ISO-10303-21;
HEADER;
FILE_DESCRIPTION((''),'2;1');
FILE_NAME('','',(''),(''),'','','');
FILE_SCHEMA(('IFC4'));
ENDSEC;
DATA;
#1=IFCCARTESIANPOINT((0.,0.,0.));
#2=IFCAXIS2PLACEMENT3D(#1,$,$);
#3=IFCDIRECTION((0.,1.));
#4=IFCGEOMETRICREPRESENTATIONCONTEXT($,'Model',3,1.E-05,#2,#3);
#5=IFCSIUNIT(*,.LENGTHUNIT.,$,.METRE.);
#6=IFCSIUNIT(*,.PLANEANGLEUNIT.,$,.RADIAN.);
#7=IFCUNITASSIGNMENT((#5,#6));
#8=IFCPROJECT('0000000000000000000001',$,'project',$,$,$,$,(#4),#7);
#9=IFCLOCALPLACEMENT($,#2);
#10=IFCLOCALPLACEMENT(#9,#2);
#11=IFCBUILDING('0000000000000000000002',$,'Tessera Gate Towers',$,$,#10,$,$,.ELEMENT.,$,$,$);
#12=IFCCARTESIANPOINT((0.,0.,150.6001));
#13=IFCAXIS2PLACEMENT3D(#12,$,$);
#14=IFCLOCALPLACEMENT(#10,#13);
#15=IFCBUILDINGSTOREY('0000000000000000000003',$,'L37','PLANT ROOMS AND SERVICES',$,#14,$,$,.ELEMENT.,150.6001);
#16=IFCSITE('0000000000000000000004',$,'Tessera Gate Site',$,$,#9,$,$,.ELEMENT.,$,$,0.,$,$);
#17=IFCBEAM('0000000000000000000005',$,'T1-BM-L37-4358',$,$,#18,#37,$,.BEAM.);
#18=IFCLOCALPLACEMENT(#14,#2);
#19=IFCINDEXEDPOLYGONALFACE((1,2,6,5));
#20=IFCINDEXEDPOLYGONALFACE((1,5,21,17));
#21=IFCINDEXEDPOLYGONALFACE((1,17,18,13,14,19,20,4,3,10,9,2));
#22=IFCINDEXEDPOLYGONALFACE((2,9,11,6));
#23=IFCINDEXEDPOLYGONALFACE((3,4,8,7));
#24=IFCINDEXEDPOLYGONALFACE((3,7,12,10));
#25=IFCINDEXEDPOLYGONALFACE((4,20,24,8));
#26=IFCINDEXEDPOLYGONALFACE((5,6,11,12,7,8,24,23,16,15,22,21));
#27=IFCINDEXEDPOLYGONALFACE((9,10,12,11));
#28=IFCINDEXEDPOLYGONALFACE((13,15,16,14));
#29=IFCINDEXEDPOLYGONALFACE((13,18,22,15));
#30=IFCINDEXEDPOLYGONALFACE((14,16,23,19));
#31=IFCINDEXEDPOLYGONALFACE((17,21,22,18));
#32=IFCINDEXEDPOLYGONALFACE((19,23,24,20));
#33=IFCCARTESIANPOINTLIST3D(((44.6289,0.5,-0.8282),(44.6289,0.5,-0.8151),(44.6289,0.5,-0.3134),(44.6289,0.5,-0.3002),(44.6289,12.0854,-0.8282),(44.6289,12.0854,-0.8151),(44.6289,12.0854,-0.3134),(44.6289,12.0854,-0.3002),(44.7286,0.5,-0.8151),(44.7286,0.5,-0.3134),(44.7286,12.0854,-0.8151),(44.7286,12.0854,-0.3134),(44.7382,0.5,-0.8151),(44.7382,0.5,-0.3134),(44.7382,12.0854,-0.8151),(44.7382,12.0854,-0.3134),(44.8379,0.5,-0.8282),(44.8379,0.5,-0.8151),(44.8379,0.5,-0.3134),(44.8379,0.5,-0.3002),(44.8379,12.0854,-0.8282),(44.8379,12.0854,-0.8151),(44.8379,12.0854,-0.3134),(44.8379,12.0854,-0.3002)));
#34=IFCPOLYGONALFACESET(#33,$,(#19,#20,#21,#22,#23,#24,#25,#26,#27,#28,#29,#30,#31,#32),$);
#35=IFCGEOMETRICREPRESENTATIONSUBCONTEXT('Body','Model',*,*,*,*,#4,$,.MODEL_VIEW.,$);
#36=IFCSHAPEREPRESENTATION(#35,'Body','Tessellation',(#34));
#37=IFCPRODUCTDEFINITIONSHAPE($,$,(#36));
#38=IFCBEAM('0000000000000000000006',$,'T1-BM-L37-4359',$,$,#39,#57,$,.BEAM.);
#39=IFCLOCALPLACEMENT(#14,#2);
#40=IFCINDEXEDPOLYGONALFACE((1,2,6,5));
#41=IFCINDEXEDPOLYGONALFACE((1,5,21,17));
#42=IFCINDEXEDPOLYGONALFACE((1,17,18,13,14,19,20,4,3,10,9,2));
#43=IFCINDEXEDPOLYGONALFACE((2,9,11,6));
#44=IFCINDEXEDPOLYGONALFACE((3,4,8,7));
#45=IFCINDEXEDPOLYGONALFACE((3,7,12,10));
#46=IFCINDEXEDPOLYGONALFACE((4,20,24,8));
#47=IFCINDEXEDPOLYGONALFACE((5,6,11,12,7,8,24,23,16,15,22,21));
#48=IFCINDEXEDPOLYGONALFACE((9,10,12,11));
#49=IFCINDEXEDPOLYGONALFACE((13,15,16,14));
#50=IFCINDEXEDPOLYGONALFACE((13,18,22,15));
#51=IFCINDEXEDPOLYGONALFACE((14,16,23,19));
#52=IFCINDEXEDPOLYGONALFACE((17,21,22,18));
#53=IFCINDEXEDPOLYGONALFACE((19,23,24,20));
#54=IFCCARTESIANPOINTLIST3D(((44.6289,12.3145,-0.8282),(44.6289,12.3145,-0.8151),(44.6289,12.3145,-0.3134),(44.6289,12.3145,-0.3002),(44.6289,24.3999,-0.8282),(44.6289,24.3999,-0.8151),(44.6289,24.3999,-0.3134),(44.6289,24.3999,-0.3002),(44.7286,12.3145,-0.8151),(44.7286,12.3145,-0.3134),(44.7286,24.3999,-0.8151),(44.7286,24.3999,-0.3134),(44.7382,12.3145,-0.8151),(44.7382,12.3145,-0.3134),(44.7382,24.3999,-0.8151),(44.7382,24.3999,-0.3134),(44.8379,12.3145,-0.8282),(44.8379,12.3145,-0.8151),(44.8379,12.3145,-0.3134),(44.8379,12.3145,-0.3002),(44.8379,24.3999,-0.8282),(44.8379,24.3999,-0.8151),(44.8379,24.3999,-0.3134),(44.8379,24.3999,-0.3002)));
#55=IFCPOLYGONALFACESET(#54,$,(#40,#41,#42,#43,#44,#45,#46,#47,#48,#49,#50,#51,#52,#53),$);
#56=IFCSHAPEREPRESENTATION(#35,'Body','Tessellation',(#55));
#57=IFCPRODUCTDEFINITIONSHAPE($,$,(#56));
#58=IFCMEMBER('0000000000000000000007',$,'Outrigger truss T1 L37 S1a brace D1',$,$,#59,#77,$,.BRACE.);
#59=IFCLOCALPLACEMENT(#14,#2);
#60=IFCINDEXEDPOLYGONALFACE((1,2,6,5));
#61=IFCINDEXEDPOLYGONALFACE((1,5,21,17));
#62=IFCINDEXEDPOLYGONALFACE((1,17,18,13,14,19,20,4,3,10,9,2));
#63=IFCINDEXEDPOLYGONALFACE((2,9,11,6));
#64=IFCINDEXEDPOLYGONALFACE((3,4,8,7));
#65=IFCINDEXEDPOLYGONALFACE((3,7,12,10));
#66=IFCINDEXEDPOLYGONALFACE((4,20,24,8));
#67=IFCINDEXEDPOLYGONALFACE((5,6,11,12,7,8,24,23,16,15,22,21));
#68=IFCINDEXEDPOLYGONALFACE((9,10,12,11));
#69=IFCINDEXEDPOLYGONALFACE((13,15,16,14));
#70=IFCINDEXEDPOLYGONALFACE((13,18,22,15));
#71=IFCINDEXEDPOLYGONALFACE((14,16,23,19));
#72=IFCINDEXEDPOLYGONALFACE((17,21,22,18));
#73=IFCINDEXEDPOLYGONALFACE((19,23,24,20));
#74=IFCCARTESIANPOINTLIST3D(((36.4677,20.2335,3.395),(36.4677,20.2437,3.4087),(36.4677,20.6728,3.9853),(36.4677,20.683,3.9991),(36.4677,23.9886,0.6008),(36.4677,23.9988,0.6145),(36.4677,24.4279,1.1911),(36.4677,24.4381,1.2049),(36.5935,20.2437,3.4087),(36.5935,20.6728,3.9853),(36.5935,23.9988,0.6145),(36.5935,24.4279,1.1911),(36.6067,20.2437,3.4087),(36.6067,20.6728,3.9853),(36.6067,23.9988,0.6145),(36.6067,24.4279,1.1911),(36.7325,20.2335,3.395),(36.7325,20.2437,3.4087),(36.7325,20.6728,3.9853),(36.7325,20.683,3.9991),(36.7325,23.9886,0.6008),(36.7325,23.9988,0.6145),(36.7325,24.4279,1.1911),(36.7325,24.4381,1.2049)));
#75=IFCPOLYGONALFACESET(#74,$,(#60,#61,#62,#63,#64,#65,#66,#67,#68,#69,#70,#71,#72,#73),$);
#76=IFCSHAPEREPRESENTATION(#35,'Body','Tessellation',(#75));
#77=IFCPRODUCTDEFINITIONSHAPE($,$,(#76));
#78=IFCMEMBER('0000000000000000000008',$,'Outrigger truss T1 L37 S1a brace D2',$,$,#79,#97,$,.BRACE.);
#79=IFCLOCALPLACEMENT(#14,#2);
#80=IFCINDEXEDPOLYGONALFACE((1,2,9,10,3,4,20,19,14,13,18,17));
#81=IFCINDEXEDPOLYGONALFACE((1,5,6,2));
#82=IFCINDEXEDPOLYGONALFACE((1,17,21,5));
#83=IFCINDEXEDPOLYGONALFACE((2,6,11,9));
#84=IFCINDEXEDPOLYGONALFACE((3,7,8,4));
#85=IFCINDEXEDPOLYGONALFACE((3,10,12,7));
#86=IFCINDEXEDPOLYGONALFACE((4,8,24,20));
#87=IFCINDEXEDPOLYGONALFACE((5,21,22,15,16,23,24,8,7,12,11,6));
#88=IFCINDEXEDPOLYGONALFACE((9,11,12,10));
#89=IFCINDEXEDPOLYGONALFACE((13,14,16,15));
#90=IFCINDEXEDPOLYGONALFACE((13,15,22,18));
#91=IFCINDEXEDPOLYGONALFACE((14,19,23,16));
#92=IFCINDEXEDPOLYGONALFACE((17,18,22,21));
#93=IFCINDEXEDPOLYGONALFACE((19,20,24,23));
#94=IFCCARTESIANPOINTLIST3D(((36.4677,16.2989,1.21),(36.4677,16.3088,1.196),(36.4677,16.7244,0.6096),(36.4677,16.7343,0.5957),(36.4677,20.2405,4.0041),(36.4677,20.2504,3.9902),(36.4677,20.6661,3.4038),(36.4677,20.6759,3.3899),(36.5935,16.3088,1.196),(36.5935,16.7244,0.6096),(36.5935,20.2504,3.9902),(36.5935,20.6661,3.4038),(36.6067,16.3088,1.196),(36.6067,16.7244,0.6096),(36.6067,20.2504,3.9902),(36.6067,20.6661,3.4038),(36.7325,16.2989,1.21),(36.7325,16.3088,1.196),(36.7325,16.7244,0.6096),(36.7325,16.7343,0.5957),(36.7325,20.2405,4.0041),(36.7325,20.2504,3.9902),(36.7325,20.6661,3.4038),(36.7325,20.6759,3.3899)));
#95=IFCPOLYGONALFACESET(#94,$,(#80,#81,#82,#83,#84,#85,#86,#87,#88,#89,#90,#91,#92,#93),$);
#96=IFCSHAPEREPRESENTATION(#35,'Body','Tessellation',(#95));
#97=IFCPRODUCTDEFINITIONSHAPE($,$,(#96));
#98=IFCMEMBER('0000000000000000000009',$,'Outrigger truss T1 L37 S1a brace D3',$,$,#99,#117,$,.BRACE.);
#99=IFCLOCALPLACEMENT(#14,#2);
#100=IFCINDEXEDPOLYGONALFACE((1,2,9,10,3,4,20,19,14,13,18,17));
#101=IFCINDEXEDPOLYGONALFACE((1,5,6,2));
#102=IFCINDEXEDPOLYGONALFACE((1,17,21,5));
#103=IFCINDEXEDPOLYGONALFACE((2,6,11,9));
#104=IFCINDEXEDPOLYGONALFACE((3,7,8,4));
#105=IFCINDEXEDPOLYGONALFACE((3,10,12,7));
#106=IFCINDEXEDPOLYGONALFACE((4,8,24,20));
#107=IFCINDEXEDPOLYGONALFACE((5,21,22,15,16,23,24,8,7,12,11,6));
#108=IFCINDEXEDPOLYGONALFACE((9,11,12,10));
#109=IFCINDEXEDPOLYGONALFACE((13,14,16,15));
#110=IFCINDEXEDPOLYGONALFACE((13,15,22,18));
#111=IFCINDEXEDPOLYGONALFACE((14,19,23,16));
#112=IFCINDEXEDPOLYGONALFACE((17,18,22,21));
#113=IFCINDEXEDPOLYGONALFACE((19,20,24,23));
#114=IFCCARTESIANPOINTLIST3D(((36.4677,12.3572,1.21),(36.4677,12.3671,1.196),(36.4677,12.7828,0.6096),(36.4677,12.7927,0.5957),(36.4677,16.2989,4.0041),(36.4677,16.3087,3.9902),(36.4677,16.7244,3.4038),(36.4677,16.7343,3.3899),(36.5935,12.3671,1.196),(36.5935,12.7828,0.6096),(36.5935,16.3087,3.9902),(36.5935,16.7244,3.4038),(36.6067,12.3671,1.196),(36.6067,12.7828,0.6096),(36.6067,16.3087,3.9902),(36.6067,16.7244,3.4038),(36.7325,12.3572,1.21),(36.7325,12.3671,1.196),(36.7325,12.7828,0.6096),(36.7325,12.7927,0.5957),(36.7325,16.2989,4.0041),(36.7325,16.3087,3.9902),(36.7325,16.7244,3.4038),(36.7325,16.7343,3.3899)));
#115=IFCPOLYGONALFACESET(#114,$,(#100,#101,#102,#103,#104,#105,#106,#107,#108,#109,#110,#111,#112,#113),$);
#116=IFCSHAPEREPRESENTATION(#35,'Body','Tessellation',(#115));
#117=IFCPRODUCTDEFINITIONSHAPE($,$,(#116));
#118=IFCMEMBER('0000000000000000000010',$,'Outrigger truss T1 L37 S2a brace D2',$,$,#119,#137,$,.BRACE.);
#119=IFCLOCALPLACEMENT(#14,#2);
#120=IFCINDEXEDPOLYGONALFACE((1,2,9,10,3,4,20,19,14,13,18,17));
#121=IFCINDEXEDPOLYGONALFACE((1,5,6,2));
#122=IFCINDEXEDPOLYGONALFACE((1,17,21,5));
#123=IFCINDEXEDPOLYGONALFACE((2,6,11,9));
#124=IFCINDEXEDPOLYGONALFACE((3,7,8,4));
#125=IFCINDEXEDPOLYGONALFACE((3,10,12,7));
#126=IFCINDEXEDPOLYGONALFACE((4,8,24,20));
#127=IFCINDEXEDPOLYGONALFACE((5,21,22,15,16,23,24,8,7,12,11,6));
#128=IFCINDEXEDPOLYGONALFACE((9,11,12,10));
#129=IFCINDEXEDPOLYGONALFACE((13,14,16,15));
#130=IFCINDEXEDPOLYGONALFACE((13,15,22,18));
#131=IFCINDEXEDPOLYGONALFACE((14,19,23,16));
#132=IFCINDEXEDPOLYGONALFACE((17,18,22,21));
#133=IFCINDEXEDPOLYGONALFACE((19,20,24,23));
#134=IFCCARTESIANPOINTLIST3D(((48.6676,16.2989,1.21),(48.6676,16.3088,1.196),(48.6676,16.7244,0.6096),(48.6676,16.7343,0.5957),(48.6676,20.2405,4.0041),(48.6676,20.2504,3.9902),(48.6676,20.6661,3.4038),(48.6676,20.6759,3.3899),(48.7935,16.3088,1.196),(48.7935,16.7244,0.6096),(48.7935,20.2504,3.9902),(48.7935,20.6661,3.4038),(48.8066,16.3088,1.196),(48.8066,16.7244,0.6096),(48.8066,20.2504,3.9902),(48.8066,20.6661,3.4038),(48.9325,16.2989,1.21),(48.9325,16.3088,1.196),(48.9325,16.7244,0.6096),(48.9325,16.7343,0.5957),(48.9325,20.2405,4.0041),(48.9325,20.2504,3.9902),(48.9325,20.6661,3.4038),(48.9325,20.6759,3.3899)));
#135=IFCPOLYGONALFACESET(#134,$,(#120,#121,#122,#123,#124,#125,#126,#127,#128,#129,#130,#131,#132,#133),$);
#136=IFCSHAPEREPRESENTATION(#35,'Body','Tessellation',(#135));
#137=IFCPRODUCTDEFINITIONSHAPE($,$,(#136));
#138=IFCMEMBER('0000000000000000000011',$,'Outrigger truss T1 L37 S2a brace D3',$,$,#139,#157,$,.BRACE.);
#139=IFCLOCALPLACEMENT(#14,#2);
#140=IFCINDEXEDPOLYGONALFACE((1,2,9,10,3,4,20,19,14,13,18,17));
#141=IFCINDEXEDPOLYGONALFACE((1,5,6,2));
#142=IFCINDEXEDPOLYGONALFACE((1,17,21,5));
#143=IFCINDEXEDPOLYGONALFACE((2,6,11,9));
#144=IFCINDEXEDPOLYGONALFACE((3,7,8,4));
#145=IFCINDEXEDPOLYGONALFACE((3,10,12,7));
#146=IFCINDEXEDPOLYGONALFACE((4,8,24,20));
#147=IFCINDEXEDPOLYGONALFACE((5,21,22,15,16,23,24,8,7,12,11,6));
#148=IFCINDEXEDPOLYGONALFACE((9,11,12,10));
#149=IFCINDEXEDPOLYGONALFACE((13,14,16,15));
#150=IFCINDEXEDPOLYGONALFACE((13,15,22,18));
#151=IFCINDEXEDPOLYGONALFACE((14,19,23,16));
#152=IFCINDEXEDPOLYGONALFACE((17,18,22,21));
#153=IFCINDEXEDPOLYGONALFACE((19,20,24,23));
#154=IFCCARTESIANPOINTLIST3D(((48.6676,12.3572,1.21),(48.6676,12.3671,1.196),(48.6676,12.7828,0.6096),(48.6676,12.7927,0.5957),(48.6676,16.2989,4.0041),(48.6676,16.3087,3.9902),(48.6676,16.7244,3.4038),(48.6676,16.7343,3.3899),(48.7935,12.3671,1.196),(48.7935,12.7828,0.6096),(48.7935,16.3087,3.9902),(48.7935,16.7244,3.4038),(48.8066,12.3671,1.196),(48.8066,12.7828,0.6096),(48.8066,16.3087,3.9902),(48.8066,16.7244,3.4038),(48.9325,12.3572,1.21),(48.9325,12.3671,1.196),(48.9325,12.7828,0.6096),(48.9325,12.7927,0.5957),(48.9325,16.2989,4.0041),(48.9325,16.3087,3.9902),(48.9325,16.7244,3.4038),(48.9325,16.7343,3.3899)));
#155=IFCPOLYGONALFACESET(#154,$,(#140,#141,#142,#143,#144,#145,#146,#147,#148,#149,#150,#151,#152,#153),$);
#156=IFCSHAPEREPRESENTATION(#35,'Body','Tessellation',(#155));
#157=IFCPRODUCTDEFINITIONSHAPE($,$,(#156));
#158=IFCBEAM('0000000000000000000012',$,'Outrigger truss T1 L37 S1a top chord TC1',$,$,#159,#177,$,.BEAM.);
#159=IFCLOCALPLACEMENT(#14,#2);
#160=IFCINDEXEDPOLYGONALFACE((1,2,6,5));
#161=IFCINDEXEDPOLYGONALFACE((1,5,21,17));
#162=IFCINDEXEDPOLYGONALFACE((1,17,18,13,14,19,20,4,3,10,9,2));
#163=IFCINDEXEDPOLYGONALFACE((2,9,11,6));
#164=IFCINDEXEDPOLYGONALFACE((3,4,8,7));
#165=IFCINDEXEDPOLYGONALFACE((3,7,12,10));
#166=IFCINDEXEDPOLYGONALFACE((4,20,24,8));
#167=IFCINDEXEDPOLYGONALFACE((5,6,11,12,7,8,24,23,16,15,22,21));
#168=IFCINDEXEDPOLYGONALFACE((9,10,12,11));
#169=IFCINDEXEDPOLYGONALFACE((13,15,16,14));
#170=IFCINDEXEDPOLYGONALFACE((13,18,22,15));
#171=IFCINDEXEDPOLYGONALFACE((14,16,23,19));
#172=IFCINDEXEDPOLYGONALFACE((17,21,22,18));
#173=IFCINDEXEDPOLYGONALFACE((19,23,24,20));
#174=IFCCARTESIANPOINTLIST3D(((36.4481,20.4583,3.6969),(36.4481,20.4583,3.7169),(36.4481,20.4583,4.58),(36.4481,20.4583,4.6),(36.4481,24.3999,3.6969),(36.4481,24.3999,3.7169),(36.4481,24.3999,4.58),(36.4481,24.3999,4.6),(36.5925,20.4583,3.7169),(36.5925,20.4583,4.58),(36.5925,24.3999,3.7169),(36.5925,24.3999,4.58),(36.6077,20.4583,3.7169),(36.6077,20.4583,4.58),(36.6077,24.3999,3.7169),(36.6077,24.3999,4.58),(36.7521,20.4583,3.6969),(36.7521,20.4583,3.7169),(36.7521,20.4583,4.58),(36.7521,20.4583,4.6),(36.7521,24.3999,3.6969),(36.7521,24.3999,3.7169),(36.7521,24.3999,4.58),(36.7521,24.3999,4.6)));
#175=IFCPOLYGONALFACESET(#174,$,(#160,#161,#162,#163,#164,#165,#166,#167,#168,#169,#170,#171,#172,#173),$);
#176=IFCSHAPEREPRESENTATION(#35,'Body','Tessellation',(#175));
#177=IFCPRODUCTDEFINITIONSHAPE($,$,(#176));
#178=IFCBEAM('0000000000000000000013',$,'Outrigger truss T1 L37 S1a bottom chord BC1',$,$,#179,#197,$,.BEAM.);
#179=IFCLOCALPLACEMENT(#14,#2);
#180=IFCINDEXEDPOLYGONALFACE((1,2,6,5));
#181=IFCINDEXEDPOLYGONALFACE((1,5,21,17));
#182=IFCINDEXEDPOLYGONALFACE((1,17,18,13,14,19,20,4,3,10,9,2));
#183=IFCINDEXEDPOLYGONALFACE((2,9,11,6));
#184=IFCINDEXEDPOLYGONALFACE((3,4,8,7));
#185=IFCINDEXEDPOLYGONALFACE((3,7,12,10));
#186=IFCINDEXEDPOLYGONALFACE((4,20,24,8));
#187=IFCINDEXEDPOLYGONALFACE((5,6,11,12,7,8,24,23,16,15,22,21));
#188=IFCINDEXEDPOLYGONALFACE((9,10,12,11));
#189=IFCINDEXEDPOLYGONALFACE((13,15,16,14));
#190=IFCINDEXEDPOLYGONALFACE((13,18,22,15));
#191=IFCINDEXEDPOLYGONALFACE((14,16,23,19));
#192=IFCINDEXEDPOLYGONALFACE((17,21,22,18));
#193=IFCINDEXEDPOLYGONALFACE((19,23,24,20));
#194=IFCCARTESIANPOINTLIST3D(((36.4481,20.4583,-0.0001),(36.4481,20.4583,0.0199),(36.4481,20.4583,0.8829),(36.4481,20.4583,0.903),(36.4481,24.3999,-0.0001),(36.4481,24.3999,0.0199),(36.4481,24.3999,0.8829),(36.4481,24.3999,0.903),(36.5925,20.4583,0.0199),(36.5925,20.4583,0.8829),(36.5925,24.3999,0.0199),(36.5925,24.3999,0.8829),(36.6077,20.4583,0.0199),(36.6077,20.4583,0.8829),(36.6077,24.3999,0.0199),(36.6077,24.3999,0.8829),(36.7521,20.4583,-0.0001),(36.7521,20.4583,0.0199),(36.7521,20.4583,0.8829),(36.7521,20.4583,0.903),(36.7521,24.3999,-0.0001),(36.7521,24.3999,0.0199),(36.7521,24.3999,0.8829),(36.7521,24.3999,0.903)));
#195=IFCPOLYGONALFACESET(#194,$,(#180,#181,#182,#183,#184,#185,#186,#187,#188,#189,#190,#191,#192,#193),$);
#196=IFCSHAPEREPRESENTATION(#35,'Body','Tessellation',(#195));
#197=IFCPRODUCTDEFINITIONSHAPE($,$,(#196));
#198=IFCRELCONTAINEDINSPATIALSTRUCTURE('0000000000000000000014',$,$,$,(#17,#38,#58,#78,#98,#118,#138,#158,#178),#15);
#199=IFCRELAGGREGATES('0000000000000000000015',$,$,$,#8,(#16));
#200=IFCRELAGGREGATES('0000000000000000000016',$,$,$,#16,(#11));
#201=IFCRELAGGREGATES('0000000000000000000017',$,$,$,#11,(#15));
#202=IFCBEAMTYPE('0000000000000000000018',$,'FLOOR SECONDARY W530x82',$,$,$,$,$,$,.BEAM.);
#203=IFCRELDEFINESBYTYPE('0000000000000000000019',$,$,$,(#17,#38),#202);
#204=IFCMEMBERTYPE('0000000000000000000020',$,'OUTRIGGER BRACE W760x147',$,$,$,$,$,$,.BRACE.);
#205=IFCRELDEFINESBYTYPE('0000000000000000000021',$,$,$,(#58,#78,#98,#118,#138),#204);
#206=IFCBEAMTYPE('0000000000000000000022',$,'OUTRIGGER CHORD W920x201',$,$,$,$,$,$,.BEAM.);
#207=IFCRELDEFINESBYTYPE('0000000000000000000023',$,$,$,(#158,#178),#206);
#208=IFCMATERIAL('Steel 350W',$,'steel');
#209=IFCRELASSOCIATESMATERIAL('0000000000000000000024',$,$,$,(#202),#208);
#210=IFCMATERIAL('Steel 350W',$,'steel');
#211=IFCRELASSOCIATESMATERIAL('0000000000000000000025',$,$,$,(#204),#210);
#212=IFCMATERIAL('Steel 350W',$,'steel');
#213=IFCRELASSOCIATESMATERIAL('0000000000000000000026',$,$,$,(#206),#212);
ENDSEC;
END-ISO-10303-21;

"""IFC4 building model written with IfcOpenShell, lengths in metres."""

from ifc_helpers import new_model, si_unit, direction, frame, origin, origin_2d, place, context, subcontext, project, spatial, i_section, extrude, material, material_profile, profile_set, type_object, element, save


model = new_model("IFC4")

# Units and contexts
model_context = context("Model", 3, precision=1e-05, world=origin(), true_north=direction((0.0, 1.0)))
body_context = subcontext(model_context, "Body", "Model", "MODEL_VIEW")
ifc_project = project(units=[si_unit("LENGTHUNIT", "METRE"), si_unit("PLANEANGLEUNIT", "RADIAN")], contexts=[model_context])

# Site, building, storey
site_placement = place(None, origin())
site = spatial("IfcSite", under=ifc_project, at=site_placement, Name="Tessera Gate Site", CompositionType="ELEMENT", RefElevation=0.0)
building_placement = place(site_placement, origin())
building = spatial("IfcBuilding", under=site, at=building_placement, Name="Tessera Gate Towers", CompositionType="ELEMENT")
storey_placement = place(building_placement, frame((0.0, 0.0, 150.6001)))
storey = spatial("IfcBuildingStorey", under=building, at=storey_placement, Name="L37", Description="PLANT ROOMS AND SERVICES", CompositionType="ELEMENT", Elevation=150.6001)

# Beams
ifc_material_1 = material(Name="Steel 350W", Category="steel")
ifc_material_profile_1 = material_profile(ifc_material_1, i_section(OverallWidth=0.209, OverallDepth=0.5281, WebThickness=0.0095, FlangeThickness=0.0132, at=origin_2d()), Name="W530x82")
ifc_profile_set_1 = profile_set([ifc_material_profile_1], Name="Steel 350W")
beam_type_1 = type_object("IfcBeamType", Name="FLOOR SECONDARY W530x82", PredefinedType="BEAM", material=ifc_profile_set_1)
beam_1_placement = place(storey_placement, frame((44.7334, 0.5, -0.5642), z_axis=(0.0, 1.0, 0.0), x_axis=(-1.0, 0.0, 0.0)))
element("IfcBeam", 1, at=beam_1_placement, inside=storey, type_object=beam_type_1, Name="T1-BM-L37-4358", PredefinedType="BEAM", context=body_context, shape_type="SweptSolid", body=[
    extrude(i_section(OverallWidth=0.209, OverallDepth=0.5281, WebThickness=0.0095, FlangeThickness=0.0132, at=origin_2d()), origin(), (0.0, 0.0, 1.0), 11.5854),
])
beam_2_placement = place(storey_placement, frame((44.7334, 12.3145, -0.5642), z_axis=(0.0, 1.0, 0.0), x_axis=(-1.0, 0.0, 0.0)))
element("IfcBeam", 2, at=beam_2_placement, inside=storey, type_object=beam_type_1, Name="T1-BM-L37-4359", PredefinedType="BEAM", context=body_context, shape_type="SweptSolid", body=[
    extrude(i_section(OverallWidth=0.209, OverallDepth=0.5281, WebThickness=0.0095, FlangeThickness=0.0132, at=origin_2d()), origin(), (0.0, 0.0, 1.0), 12.0854),
])

# Members
ifc_material_2 = material(Name="Steel 350W", Category="steel")
ifc_material_profile_2 = material_profile(ifc_material_2, i_section(OverallWidth=0.2649, OverallDepth=0.7529, WebThickness=0.0132, FlangeThickness=0.0171, at=origin_2d()), Name="W760x147")
ifc_profile_set_2 = profile_set([ifc_material_profile_2], Name="Steel 350W")
member_type_1 = type_object("IfcMemberType", Name="OUTRIGGER BRACE W760x147", PredefinedType="BRACE", material=ifc_profile_set_2)
member_placement = place(storey_placement, frame((36.6001, 24.2134, 0.9028), z_axis=(0.0, -0.802266, 0.596966), x_axis=(1.0, 0.0, 0.0)))
element("IfcMember", 3, at=member_placement, inside=storey, type_object=member_type_1, Name="Outrigger truss T1 L37 S1a brace D1", PredefinedType="BRACE", context=body_context, shape_type="SweptSolid", body=[
    extrude(i_section(OverallWidth=0.2649, OverallDepth=0.7529, WebThickness=0.0132, FlangeThickness=0.0171, at=origin_2d()), origin(), (0.0, 0.0, 1.0), 4.6807),
])
for number, where, z_axis, x_axis, name in (
    (4, (36.6001, 16.5166, 0.9028), (0.0, 0.815811, 0.578319), (-1.0, 0.0, 0.0), "Outrigger truss T1 L37 S1a brace D2"),
    (5, (36.6001, 12.575, 0.9028), (0.0, 0.815811, 0.578319), (-1.0, 0.0, 0.0), "Outrigger truss T1 L37 S1a brace D3"),
    (6, (48.8, 16.5166, 0.9028), (0.0, 0.815811, 0.578319), (-1.0, 0.0, 0.0), "Outrigger truss T1 L37 S2a brace D2"),
    (7, (48.8, 12.575, 0.9028), (0.0, 0.815811, 0.578319), (-1.0, 0.0, 0.0), "Outrigger truss T1 L37 S2a brace D3"),
):
    element("IfcMember", number, at=place(storey_placement, frame(where, z_axis=z_axis, x_axis=x_axis)), inside=storey, type_object=member_type_1, Name=name, PredefinedType="BRACE", context=body_context, shape_type="SweptSolid", body=[
        extrude(i_section(OverallWidth=0.2649, OverallDepth=0.7529, WebThickness=0.0132, FlangeThickness=0.0171, at=origin_2d()), origin(), (0.0, 0.0, 1.0), 4.8315),
    ])

# Beams
ifc_material_3 = material(Name="Steel 350W", Category="steel")
ifc_material_profile_3 = material_profile(ifc_material_3, i_section(OverallWidth=0.304, OverallDepth=0.9031, WebThickness=0.0151, FlangeThickness=0.02, at=origin_2d()), Name="W920x201")
ifc_profile_set_3 = profile_set([ifc_material_profile_3], Name="Steel 350W")
beam_type_2 = type_object("IfcBeamType", Name="OUTRIGGER CHORD W920x201", PredefinedType="BEAM", material=ifc_profile_set_3)
for number, where, z_axis, x_axis, name in (
    (8, (36.6001, 24.3999, 4.1484), (0.0, -1.0, 0.0), (1.0, 0.0, 0.0), "Outrigger truss T1 L37 S1a top chord TC1"),
    (9, (36.6001, 24.3999, 0.4514), (0.0, -1.0, 0.0), (1.0, 0.0, 0.0), "Outrigger truss T1 L37 S1a bottom chord BC1"),
):
    element("IfcBeam", number, at=place(storey_placement, frame(where, z_axis=z_axis, x_axis=x_axis)), inside=storey, type_object=beam_type_2, Name=name, PredefinedType="BEAM", context=body_context, shape_type="SweptSolid", body=[
        extrude(i_section(OverallWidth=0.304, OverallDepth=0.9031, WebThickness=0.0151, FlangeThickness=0.02, at=origin_2d()), origin(), (0.0, 0.0, 1.0), 3.9417),
    ])

save(model, "model.ifc")
